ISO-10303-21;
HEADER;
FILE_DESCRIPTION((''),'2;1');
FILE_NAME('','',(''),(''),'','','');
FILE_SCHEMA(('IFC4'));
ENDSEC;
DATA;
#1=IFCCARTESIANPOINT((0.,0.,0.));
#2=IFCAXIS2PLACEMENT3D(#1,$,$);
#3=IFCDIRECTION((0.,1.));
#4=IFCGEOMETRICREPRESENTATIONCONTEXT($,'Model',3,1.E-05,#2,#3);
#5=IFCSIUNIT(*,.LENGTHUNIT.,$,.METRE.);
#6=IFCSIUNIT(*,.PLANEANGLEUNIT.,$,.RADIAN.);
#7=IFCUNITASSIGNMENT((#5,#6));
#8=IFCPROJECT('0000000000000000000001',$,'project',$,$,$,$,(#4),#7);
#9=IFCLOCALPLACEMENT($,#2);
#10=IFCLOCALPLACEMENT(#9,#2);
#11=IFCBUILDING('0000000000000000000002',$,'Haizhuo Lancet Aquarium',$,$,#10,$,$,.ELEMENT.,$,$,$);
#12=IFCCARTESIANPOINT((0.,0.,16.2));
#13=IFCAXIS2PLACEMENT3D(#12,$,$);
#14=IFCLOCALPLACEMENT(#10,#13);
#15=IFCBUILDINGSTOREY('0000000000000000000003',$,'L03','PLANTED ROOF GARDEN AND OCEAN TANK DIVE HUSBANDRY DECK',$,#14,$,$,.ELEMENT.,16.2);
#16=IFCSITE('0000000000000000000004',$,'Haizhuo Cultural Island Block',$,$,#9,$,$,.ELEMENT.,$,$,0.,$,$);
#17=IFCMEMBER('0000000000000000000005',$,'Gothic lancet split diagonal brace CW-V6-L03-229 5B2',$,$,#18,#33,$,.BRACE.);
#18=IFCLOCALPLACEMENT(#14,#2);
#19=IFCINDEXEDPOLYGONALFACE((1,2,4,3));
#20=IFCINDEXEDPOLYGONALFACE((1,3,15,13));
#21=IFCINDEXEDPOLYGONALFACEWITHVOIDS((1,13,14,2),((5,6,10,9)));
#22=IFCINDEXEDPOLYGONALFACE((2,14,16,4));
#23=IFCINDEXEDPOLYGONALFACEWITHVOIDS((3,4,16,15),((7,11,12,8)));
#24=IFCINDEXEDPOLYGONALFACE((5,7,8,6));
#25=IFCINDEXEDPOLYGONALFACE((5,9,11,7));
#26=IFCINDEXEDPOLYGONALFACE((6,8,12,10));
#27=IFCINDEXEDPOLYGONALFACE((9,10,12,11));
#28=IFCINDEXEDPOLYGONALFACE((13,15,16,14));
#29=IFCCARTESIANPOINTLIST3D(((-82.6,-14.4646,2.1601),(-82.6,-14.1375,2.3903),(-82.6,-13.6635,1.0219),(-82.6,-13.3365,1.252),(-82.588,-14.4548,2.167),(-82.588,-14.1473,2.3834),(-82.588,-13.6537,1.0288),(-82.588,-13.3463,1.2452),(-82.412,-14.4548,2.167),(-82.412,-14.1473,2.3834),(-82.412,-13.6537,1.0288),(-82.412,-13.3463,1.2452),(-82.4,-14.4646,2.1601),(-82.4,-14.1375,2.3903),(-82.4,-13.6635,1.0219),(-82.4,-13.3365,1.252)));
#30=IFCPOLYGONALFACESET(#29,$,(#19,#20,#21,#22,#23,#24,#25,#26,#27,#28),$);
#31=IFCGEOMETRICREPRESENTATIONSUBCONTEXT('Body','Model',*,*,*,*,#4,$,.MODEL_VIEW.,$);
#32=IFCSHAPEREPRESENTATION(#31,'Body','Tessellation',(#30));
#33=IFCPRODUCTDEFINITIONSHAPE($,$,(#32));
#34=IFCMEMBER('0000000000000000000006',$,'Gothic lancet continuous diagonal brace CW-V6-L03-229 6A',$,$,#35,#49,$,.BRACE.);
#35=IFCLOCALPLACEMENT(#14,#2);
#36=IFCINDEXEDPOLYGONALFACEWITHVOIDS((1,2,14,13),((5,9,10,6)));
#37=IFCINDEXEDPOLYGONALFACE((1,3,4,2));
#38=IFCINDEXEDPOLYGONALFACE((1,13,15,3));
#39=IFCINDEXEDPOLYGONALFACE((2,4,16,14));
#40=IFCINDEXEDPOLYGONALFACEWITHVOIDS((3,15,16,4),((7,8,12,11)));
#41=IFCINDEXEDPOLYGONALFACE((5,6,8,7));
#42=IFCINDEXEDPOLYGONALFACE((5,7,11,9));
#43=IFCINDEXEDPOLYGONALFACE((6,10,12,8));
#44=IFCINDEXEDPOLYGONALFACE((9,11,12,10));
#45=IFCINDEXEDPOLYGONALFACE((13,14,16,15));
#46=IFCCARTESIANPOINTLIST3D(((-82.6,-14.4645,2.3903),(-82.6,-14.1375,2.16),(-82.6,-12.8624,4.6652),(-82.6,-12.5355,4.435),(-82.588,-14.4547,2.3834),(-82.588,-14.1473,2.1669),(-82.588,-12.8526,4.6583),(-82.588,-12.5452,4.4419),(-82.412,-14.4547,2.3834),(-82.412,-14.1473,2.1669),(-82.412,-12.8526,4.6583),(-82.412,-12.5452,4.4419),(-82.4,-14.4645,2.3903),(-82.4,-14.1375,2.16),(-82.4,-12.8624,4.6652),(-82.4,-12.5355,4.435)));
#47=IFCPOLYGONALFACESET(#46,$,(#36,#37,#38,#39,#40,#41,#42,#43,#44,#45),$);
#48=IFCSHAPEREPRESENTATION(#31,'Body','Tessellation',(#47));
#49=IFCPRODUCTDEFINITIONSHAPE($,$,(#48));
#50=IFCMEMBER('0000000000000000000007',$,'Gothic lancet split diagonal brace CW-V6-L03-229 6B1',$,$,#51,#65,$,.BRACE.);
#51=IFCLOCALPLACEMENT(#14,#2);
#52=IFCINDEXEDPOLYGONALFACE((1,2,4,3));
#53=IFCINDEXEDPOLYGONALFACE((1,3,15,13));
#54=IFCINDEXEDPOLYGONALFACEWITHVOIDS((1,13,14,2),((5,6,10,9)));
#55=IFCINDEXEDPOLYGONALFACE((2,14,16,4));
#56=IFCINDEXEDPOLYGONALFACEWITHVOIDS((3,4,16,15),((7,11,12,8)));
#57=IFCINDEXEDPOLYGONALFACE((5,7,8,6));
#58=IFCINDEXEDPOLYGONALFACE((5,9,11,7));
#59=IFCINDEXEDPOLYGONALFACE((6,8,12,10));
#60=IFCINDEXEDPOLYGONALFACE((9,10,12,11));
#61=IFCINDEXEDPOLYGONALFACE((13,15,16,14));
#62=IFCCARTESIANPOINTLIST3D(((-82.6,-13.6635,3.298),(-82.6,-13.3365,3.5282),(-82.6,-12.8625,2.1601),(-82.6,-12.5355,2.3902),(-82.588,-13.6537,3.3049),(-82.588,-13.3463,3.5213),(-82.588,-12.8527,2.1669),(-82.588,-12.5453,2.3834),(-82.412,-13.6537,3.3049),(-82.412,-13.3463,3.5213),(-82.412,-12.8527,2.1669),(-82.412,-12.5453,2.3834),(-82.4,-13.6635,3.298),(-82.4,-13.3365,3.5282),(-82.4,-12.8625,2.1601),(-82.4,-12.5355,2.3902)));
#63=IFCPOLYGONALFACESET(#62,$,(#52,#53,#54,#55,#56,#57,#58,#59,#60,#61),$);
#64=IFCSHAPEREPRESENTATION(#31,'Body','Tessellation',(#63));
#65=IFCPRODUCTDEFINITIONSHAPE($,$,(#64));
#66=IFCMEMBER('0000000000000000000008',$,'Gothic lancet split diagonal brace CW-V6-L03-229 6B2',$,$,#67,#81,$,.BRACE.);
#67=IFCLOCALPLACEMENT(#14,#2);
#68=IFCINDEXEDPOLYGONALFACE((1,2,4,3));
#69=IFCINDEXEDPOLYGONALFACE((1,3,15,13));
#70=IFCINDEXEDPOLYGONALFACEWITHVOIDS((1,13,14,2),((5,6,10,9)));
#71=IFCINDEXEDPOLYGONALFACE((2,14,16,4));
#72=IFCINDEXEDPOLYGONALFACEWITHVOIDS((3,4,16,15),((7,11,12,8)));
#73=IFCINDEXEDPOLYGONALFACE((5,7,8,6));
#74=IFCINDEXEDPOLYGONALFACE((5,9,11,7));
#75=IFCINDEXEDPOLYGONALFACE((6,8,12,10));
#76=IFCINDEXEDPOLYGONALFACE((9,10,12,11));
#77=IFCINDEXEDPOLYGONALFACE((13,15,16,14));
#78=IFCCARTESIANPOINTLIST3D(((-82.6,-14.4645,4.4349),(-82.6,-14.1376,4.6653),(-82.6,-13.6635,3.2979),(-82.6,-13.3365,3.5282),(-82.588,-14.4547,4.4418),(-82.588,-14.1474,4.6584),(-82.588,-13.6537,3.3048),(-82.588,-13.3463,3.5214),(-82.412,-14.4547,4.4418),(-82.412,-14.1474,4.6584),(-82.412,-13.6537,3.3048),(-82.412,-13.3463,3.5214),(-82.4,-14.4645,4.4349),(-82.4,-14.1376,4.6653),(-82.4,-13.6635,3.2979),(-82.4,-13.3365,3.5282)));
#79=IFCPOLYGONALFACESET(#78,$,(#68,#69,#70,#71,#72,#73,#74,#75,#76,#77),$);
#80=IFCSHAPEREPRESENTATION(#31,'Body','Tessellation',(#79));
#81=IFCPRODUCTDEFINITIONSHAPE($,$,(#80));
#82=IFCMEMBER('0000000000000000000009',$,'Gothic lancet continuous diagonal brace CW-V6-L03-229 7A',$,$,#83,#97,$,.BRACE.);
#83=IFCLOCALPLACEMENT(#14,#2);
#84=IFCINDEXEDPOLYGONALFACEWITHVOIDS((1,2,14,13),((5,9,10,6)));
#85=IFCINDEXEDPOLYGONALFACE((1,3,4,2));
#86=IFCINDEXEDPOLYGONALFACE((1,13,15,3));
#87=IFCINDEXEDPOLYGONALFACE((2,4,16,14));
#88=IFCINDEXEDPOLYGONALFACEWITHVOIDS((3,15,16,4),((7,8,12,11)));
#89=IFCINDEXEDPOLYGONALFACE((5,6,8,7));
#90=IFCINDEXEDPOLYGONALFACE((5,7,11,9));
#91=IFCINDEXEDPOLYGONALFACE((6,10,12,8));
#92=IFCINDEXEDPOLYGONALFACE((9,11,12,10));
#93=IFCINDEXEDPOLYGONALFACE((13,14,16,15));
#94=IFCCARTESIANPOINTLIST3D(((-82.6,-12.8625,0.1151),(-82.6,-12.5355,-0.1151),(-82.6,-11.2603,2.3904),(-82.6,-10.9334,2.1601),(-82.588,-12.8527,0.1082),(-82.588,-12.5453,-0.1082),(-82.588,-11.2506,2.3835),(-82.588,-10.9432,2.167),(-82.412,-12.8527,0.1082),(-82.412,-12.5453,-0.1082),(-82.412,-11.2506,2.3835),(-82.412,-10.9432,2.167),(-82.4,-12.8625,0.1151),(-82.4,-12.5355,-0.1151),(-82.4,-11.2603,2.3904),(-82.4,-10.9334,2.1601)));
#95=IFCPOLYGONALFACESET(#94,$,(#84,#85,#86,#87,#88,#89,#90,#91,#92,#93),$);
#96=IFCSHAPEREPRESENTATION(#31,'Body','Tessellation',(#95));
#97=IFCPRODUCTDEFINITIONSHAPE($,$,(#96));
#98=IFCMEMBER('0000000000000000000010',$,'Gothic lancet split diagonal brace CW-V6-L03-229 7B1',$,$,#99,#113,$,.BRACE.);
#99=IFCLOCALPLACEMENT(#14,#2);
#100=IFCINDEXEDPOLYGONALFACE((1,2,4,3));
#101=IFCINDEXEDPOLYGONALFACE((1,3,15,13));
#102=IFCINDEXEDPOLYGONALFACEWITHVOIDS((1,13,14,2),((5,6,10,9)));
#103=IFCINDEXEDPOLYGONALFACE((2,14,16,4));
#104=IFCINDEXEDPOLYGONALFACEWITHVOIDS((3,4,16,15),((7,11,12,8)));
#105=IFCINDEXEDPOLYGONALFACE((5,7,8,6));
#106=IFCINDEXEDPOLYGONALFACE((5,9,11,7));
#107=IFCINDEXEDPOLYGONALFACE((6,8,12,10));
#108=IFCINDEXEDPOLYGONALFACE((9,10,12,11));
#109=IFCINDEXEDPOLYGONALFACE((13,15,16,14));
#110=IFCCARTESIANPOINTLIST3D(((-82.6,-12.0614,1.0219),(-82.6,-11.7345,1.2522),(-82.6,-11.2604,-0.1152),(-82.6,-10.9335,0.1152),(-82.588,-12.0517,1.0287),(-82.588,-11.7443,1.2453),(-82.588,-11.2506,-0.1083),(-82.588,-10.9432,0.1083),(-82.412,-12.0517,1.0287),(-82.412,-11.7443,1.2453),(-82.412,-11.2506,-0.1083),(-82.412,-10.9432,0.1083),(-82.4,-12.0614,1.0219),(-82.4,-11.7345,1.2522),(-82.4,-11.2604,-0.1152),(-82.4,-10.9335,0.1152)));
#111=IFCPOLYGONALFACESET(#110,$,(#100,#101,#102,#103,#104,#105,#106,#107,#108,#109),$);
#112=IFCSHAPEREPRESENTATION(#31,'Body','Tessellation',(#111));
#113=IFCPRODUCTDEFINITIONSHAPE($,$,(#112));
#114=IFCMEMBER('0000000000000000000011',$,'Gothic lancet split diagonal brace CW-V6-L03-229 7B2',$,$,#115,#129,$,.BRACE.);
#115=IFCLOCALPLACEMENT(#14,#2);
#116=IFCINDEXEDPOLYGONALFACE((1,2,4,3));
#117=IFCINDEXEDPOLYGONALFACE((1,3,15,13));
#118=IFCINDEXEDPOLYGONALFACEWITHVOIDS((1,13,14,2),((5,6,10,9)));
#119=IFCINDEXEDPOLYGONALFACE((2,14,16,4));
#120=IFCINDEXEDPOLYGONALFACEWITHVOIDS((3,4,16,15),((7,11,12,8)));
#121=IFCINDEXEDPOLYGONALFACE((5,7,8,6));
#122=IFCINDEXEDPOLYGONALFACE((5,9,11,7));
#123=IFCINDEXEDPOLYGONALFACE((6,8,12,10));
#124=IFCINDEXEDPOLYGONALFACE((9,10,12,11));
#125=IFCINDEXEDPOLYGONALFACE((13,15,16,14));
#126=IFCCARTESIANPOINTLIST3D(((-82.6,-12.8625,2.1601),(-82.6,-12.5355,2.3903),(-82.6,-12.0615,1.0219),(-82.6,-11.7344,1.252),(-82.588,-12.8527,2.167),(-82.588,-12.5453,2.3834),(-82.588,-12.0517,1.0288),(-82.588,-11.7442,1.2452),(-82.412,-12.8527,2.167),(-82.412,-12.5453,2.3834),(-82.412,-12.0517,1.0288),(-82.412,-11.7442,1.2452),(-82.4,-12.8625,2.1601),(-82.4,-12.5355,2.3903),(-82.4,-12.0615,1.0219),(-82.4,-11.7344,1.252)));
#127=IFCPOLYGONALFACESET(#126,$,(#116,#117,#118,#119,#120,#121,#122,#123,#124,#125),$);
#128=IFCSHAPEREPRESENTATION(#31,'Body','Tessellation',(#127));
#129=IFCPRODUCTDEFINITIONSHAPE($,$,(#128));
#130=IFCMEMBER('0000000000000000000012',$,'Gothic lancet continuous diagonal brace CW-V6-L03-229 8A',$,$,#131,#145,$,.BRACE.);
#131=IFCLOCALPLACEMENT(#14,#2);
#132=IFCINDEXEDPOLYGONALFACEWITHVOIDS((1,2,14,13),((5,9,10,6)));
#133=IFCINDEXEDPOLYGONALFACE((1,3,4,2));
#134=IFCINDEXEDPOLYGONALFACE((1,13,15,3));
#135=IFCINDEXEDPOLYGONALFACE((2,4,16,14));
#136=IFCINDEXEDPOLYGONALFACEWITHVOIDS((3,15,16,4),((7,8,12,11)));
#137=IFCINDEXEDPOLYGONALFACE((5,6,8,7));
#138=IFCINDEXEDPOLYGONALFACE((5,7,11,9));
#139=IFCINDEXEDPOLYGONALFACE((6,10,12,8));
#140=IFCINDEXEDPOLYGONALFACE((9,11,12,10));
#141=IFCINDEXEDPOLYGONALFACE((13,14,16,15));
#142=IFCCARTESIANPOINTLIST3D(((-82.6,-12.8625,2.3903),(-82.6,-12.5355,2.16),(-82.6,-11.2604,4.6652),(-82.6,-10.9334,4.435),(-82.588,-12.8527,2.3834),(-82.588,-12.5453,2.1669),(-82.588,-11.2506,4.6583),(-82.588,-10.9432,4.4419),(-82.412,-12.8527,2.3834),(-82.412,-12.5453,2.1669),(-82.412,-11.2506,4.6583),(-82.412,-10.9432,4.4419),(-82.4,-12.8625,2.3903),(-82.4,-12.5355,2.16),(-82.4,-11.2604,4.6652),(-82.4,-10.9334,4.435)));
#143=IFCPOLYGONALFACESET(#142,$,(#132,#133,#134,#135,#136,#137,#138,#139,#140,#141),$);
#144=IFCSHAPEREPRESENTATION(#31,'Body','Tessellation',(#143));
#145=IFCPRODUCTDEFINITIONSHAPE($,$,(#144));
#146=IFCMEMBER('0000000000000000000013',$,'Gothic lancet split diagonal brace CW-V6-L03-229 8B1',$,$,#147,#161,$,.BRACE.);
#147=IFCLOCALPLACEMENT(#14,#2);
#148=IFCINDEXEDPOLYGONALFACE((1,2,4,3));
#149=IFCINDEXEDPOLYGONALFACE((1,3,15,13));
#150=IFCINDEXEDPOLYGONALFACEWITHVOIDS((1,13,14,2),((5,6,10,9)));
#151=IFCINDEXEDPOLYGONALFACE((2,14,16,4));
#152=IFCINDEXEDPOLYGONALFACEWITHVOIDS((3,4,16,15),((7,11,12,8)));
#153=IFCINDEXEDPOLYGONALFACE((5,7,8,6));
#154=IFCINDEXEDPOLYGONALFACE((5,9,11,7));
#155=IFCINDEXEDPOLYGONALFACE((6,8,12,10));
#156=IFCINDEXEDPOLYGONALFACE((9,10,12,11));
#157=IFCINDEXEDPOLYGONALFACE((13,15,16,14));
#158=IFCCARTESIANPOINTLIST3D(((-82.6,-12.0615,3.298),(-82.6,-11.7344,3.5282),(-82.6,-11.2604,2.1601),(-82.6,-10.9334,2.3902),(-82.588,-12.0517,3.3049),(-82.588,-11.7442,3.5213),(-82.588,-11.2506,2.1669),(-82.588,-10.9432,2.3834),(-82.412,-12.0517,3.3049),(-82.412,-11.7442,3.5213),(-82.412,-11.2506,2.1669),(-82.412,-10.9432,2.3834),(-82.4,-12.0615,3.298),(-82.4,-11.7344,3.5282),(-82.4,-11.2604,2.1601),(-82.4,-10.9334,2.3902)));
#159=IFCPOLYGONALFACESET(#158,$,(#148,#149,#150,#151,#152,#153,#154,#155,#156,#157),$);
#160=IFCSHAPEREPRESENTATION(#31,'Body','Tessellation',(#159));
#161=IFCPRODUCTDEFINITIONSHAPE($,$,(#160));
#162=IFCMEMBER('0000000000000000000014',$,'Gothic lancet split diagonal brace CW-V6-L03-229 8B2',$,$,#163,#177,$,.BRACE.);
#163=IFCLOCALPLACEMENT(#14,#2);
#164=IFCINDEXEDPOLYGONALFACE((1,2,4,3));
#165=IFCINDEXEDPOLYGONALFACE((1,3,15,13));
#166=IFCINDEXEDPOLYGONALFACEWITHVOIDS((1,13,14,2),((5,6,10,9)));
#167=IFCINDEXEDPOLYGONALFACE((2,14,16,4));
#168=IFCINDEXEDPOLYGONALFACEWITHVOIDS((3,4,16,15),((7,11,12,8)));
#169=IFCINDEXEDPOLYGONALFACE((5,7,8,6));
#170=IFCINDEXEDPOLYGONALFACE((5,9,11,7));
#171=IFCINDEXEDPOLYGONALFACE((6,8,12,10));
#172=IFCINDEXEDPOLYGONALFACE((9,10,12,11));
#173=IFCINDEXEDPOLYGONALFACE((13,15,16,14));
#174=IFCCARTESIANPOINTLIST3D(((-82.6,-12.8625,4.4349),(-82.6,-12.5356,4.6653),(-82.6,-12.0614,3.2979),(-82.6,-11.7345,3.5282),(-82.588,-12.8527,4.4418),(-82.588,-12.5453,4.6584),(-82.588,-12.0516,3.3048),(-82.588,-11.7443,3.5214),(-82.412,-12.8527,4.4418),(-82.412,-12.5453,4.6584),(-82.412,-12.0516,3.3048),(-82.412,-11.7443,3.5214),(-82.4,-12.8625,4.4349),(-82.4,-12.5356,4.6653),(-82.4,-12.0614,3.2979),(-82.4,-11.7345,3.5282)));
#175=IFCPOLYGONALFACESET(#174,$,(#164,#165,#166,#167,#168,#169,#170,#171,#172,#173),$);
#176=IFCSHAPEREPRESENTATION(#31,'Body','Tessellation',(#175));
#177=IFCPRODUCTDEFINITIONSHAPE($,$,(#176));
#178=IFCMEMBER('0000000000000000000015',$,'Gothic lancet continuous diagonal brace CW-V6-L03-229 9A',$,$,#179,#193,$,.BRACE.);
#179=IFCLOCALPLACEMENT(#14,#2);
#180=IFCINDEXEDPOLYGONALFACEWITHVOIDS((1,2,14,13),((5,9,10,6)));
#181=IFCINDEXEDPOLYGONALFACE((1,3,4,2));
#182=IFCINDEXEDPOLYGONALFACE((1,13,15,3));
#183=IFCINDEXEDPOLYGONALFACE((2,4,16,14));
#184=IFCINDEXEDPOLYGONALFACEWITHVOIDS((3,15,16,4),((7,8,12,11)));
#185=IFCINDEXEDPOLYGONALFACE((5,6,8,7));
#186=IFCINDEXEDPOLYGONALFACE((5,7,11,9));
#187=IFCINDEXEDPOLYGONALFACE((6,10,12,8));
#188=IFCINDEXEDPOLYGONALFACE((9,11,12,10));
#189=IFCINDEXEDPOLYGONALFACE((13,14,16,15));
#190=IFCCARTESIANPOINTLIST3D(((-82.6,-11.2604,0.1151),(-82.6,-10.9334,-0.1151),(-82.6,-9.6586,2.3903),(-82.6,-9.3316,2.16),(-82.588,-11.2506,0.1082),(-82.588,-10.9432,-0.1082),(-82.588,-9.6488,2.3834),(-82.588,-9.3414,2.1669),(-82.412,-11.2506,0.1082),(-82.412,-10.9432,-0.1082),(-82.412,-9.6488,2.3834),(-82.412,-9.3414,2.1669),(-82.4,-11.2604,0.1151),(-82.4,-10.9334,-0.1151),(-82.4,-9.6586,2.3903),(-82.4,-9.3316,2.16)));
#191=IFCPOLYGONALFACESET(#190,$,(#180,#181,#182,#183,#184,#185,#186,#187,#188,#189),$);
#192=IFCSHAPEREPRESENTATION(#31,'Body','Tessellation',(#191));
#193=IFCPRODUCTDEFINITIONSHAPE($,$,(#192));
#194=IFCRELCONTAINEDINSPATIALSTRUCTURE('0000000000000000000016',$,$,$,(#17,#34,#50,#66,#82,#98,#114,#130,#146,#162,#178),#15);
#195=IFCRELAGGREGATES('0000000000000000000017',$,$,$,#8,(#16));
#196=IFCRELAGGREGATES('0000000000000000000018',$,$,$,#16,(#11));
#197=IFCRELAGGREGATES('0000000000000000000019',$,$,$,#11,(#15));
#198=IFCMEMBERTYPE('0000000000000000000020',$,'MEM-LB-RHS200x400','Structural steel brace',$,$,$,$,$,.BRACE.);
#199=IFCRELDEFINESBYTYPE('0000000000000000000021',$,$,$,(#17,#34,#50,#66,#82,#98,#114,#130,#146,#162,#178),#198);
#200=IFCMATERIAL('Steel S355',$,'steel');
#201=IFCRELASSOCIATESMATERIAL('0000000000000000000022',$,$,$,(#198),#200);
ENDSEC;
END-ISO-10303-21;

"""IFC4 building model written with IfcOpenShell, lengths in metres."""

from ifc_helpers import new_model, si_unit, direction, frame, origin, origin_2d, place, context, subcontext, project, spatial, hollow_rectangle, extrude, material, material_profile, profile_set, type_object, element, save


model = new_model("IFC4")

# Units and contexts
model_context = context("Model", 3, precision=1e-05, world=origin(), true_north=direction((0.0, 1.0)))
body_context = subcontext(model_context, "Body", "Model", "MODEL_VIEW")
ifc_project = project(units=[si_unit("LENGTHUNIT", "METRE"), si_unit("PLANEANGLEUNIT", "RADIAN")], contexts=[model_context])

# Site, building, storey
site_placement = place(None, origin())
site = spatial("IfcSite", under=ifc_project, at=site_placement, Name="Haizhuo Cultural Island Block", CompositionType="ELEMENT", RefElevation=0.0)
building_placement = place(site_placement, origin())
building = spatial("IfcBuilding", under=site, at=building_placement, Name="Haizhuo Lancet Aquarium", CompositionType="ELEMENT")
storey_placement = place(building_placement, frame((0.0, 0.0, 16.2)))
storey = spatial("IfcBuildingStorey", under=building, at=storey_placement, Name="L03", Description="PLANTED ROOF GARDEN AND OCEAN TANK DIVE HUSBANDRY DECK", CompositionType="ELEMENT", Elevation=16.2)

# Members
ifc_material_1 = material(Name="Steel S355", Category="steel")
ifc_material_profile_1 = material_profile(ifc_material_1, hollow_rectangle(XDim=0.2, YDim=0.3999, WallThickness=0.012, at=origin_2d()), Name="RHS 200x400x12")
ifc_profile_set_1 = profile_set([ifc_material_profile_1], Name="Steel S355")
member_type_1 = type_object("IfcMemberType", Name="MEM-LB-RHS200x400", Description="Structural steel brace", PredefinedType="BRACE", material=ifc_profile_set_1)
member_1_placement = place(storey_placement, frame((-82.5, -13.5, 1.137), z_axis=(0.0, -0.575533, 0.817779), x_axis=(1.0, 0.0, 0.0)))
element("IfcMember", 1, at=member_1_placement, inside=storey, type_object=member_type_1, Name="Gothic lancet split diagonal brace CW-V6-L03-229 5B2", PredefinedType="BRACE", context=body_context, shape_type="SweptSolid", body=[
    extrude(hollow_rectangle(XDim=0.2, YDim=0.3999, WallThickness=0.012, at=origin_2d()), origin(), (0.0, 0.0, 1.0), 1.3918),
])
member_2_placement = place(storey_placement, frame((-82.5, -14.301, 2.2751), z_axis=(0.0, 0.57578, 0.817604), x_axis=(-1.0, 0.0, 0.0)))
element("IfcMember", 2, at=member_2_placement, inside=storey, type_object=member_type_1, Name="Gothic lancet continuous diagonal brace CW-V6-L03-229 6A", PredefinedType="BRACE", context=body_context, shape_type="SweptSolid", body=[
    extrude(hollow_rectangle(XDim=0.2, YDim=0.3999, WallThickness=0.012, at=origin_2d()), origin(), (0.0, 0.0, 1.0), 2.7825),
])
member_3_placement = place(storey_placement, frame((-82.5, -12.699, 2.2751), z_axis=(0.0, -0.575615, 0.817721), x_axis=(1.0, 0.0, 0.0)))
element("IfcMember", 3, at=member_3_placement, inside=storey, type_object=member_type_1, Name="Gothic lancet split diagonal brace CW-V6-L03-229 6B1", PredefinedType="BRACE", context=body_context, shape_type="SweptSolid", body=[
    extrude(hollow_rectangle(XDim=0.2, YDim=0.3999, WallThickness=0.012, at=origin_2d()), origin(), (0.0, 0.0, 1.0), 1.3916),
])
member_4_placement = place(storey_placement, frame((-82.5, -13.5, 3.4131), z_axis=(0.0, -0.575946, 0.817488), x_axis=(1.0, 0.0, 0.0)))
element("IfcMember", 4, at=member_4_placement, inside=storey, type_object=member_type_1, Name="Gothic lancet split diagonal brace CW-V6-L03-229 6B2", PredefinedType="BRACE", context=body_context, shape_type="SweptSolid", body=[
    extrude(hollow_rectangle(XDim=0.2, YDim=0.3999, WallThickness=0.012, at=origin_2d()), origin(), (0.0, 0.0, 1.0), 1.3909),
])
member_5_placement = place(storey_placement, frame((-82.5, -12.699, 0.0), z_axis=(0.0, 0.575739, 0.817634), x_axis=(-1.0, 0.0, 0.0)))
element("IfcMember", 5, at=member_5_placement, inside=storey, type_object=member_type_1, Name="Gothic lancet continuous diagonal brace CW-V6-L03-229 7A", PredefinedType="BRACE", context=body_context, shape_type="SweptSolid", body=[
    extrude(hollow_rectangle(XDim=0.2, YDim=0.3999, WallThickness=0.012, at=origin_2d()), origin(), (0.0, 0.0, 1.0), 2.7827),
])
member_6_placement = place(storey_placement, frame((-82.5, -11.0969, 0.0), z_axis=(0.0, -0.575946, 0.817488), x_axis=(1.0, 0.0, 0.0)))
element("IfcMember", 6, at=member_6_placement, inside=storey, type_object=member_type_1, Name="Gothic lancet split diagonal brace CW-V6-L03-229 7B1", PredefinedType="BRACE", context=body_context, shape_type="SweptSolid", body=[
    extrude(hollow_rectangle(XDim=0.2, YDim=0.3999, WallThickness=0.012, at=origin_2d()), origin(), (0.0, 0.0, 1.0), 1.3909),
])
member_7_placement = place(storey_placement, frame((-82.5, -11.8979, 1.137), z_axis=(0.0, -0.575533, 0.817779), x_axis=(1.0, 0.0, 0.0)))
element("IfcMember", 7, at=member_7_placement, inside=storey, type_object=member_type_1, Name="Gothic lancet split diagonal brace CW-V6-L03-229 7B2", PredefinedType="BRACE", context=body_context, shape_type="SweptSolid", body=[
    extrude(hollow_rectangle(XDim=0.2, YDim=0.3999, WallThickness=0.012, at=origin_2d()), origin(), (0.0, 0.0, 1.0), 1.3918),
])
member_8_placement = place(storey_placement, frame((-82.5, -12.699, 2.2751), z_axis=(0.0, 0.57578, 0.817604), x_axis=(-1.0, 0.0, 0.0)))
element("IfcMember", 8, at=member_8_placement, inside=storey, type_object=member_type_1, Name="Gothic lancet continuous diagonal brace CW-V6-L03-229 8A", PredefinedType="BRACE", context=body_context, shape_type="SweptSolid", body=[
    extrude(hollow_rectangle(XDim=0.2, YDim=0.3999, WallThickness=0.012, at=origin_2d()), origin(), (0.0, 0.0, 1.0), 2.7825),
])
member_9_placement = place(storey_placement, frame((-82.5, -11.0969, 2.2751), z_axis=(0.0, -0.575615, 0.817721), x_axis=(1.0, 0.0, 0.0)))
element("IfcMember", 9, at=member_9_placement, inside=storey, type_object=member_type_1, Name="Gothic lancet split diagonal brace CW-V6-L03-229 8B1", PredefinedType="BRACE", context=body_context, shape_type="SweptSolid", body=[
    extrude(hollow_rectangle(XDim=0.2, YDim=0.3999, WallThickness=0.012, at=origin_2d()), origin(), (0.0, 0.0, 1.0), 1.3916),
])
member_10_placement = place(storey_placement, frame((-82.5, -11.8979, 3.4131), z_axis=(0.0, -0.575946, 0.817488), x_axis=(1.0, 0.0, 0.0)))
element("IfcMember", 10, at=member_10_placement, inside=storey, type_object=member_type_1, Name="Gothic lancet split diagonal brace CW-V6-L03-229 8B2", PredefinedType="BRACE", context=body_context, shape_type="SweptSolid", body=[
    extrude(hollow_rectangle(XDim=0.2, YDim=0.3999, WallThickness=0.012, at=origin_2d()), origin(), (0.0, 0.0, 1.0), 1.3909),
])
member_11_placement = place(storey_placement, frame((-82.5, -11.0969, 0.0), z_axis=(0.0, 0.57568, 0.817675), x_axis=(-1.0, 0.0, 0.0)))
element("IfcMember", 11, at=member_11_placement, inside=storey, type_object=member_type_1, Name="Gothic lancet continuous diagonal brace CW-V6-L03-229 9A", PredefinedType="BRACE", context=body_context, shape_type="SweptSolid", body=[
    extrude(hollow_rectangle(XDim=0.2, YDim=0.3999, WallThickness=0.012, at=origin_2d()), origin(), (0.0, 0.0, 1.0), 2.7825),
])

save(model, "model.ifc")
